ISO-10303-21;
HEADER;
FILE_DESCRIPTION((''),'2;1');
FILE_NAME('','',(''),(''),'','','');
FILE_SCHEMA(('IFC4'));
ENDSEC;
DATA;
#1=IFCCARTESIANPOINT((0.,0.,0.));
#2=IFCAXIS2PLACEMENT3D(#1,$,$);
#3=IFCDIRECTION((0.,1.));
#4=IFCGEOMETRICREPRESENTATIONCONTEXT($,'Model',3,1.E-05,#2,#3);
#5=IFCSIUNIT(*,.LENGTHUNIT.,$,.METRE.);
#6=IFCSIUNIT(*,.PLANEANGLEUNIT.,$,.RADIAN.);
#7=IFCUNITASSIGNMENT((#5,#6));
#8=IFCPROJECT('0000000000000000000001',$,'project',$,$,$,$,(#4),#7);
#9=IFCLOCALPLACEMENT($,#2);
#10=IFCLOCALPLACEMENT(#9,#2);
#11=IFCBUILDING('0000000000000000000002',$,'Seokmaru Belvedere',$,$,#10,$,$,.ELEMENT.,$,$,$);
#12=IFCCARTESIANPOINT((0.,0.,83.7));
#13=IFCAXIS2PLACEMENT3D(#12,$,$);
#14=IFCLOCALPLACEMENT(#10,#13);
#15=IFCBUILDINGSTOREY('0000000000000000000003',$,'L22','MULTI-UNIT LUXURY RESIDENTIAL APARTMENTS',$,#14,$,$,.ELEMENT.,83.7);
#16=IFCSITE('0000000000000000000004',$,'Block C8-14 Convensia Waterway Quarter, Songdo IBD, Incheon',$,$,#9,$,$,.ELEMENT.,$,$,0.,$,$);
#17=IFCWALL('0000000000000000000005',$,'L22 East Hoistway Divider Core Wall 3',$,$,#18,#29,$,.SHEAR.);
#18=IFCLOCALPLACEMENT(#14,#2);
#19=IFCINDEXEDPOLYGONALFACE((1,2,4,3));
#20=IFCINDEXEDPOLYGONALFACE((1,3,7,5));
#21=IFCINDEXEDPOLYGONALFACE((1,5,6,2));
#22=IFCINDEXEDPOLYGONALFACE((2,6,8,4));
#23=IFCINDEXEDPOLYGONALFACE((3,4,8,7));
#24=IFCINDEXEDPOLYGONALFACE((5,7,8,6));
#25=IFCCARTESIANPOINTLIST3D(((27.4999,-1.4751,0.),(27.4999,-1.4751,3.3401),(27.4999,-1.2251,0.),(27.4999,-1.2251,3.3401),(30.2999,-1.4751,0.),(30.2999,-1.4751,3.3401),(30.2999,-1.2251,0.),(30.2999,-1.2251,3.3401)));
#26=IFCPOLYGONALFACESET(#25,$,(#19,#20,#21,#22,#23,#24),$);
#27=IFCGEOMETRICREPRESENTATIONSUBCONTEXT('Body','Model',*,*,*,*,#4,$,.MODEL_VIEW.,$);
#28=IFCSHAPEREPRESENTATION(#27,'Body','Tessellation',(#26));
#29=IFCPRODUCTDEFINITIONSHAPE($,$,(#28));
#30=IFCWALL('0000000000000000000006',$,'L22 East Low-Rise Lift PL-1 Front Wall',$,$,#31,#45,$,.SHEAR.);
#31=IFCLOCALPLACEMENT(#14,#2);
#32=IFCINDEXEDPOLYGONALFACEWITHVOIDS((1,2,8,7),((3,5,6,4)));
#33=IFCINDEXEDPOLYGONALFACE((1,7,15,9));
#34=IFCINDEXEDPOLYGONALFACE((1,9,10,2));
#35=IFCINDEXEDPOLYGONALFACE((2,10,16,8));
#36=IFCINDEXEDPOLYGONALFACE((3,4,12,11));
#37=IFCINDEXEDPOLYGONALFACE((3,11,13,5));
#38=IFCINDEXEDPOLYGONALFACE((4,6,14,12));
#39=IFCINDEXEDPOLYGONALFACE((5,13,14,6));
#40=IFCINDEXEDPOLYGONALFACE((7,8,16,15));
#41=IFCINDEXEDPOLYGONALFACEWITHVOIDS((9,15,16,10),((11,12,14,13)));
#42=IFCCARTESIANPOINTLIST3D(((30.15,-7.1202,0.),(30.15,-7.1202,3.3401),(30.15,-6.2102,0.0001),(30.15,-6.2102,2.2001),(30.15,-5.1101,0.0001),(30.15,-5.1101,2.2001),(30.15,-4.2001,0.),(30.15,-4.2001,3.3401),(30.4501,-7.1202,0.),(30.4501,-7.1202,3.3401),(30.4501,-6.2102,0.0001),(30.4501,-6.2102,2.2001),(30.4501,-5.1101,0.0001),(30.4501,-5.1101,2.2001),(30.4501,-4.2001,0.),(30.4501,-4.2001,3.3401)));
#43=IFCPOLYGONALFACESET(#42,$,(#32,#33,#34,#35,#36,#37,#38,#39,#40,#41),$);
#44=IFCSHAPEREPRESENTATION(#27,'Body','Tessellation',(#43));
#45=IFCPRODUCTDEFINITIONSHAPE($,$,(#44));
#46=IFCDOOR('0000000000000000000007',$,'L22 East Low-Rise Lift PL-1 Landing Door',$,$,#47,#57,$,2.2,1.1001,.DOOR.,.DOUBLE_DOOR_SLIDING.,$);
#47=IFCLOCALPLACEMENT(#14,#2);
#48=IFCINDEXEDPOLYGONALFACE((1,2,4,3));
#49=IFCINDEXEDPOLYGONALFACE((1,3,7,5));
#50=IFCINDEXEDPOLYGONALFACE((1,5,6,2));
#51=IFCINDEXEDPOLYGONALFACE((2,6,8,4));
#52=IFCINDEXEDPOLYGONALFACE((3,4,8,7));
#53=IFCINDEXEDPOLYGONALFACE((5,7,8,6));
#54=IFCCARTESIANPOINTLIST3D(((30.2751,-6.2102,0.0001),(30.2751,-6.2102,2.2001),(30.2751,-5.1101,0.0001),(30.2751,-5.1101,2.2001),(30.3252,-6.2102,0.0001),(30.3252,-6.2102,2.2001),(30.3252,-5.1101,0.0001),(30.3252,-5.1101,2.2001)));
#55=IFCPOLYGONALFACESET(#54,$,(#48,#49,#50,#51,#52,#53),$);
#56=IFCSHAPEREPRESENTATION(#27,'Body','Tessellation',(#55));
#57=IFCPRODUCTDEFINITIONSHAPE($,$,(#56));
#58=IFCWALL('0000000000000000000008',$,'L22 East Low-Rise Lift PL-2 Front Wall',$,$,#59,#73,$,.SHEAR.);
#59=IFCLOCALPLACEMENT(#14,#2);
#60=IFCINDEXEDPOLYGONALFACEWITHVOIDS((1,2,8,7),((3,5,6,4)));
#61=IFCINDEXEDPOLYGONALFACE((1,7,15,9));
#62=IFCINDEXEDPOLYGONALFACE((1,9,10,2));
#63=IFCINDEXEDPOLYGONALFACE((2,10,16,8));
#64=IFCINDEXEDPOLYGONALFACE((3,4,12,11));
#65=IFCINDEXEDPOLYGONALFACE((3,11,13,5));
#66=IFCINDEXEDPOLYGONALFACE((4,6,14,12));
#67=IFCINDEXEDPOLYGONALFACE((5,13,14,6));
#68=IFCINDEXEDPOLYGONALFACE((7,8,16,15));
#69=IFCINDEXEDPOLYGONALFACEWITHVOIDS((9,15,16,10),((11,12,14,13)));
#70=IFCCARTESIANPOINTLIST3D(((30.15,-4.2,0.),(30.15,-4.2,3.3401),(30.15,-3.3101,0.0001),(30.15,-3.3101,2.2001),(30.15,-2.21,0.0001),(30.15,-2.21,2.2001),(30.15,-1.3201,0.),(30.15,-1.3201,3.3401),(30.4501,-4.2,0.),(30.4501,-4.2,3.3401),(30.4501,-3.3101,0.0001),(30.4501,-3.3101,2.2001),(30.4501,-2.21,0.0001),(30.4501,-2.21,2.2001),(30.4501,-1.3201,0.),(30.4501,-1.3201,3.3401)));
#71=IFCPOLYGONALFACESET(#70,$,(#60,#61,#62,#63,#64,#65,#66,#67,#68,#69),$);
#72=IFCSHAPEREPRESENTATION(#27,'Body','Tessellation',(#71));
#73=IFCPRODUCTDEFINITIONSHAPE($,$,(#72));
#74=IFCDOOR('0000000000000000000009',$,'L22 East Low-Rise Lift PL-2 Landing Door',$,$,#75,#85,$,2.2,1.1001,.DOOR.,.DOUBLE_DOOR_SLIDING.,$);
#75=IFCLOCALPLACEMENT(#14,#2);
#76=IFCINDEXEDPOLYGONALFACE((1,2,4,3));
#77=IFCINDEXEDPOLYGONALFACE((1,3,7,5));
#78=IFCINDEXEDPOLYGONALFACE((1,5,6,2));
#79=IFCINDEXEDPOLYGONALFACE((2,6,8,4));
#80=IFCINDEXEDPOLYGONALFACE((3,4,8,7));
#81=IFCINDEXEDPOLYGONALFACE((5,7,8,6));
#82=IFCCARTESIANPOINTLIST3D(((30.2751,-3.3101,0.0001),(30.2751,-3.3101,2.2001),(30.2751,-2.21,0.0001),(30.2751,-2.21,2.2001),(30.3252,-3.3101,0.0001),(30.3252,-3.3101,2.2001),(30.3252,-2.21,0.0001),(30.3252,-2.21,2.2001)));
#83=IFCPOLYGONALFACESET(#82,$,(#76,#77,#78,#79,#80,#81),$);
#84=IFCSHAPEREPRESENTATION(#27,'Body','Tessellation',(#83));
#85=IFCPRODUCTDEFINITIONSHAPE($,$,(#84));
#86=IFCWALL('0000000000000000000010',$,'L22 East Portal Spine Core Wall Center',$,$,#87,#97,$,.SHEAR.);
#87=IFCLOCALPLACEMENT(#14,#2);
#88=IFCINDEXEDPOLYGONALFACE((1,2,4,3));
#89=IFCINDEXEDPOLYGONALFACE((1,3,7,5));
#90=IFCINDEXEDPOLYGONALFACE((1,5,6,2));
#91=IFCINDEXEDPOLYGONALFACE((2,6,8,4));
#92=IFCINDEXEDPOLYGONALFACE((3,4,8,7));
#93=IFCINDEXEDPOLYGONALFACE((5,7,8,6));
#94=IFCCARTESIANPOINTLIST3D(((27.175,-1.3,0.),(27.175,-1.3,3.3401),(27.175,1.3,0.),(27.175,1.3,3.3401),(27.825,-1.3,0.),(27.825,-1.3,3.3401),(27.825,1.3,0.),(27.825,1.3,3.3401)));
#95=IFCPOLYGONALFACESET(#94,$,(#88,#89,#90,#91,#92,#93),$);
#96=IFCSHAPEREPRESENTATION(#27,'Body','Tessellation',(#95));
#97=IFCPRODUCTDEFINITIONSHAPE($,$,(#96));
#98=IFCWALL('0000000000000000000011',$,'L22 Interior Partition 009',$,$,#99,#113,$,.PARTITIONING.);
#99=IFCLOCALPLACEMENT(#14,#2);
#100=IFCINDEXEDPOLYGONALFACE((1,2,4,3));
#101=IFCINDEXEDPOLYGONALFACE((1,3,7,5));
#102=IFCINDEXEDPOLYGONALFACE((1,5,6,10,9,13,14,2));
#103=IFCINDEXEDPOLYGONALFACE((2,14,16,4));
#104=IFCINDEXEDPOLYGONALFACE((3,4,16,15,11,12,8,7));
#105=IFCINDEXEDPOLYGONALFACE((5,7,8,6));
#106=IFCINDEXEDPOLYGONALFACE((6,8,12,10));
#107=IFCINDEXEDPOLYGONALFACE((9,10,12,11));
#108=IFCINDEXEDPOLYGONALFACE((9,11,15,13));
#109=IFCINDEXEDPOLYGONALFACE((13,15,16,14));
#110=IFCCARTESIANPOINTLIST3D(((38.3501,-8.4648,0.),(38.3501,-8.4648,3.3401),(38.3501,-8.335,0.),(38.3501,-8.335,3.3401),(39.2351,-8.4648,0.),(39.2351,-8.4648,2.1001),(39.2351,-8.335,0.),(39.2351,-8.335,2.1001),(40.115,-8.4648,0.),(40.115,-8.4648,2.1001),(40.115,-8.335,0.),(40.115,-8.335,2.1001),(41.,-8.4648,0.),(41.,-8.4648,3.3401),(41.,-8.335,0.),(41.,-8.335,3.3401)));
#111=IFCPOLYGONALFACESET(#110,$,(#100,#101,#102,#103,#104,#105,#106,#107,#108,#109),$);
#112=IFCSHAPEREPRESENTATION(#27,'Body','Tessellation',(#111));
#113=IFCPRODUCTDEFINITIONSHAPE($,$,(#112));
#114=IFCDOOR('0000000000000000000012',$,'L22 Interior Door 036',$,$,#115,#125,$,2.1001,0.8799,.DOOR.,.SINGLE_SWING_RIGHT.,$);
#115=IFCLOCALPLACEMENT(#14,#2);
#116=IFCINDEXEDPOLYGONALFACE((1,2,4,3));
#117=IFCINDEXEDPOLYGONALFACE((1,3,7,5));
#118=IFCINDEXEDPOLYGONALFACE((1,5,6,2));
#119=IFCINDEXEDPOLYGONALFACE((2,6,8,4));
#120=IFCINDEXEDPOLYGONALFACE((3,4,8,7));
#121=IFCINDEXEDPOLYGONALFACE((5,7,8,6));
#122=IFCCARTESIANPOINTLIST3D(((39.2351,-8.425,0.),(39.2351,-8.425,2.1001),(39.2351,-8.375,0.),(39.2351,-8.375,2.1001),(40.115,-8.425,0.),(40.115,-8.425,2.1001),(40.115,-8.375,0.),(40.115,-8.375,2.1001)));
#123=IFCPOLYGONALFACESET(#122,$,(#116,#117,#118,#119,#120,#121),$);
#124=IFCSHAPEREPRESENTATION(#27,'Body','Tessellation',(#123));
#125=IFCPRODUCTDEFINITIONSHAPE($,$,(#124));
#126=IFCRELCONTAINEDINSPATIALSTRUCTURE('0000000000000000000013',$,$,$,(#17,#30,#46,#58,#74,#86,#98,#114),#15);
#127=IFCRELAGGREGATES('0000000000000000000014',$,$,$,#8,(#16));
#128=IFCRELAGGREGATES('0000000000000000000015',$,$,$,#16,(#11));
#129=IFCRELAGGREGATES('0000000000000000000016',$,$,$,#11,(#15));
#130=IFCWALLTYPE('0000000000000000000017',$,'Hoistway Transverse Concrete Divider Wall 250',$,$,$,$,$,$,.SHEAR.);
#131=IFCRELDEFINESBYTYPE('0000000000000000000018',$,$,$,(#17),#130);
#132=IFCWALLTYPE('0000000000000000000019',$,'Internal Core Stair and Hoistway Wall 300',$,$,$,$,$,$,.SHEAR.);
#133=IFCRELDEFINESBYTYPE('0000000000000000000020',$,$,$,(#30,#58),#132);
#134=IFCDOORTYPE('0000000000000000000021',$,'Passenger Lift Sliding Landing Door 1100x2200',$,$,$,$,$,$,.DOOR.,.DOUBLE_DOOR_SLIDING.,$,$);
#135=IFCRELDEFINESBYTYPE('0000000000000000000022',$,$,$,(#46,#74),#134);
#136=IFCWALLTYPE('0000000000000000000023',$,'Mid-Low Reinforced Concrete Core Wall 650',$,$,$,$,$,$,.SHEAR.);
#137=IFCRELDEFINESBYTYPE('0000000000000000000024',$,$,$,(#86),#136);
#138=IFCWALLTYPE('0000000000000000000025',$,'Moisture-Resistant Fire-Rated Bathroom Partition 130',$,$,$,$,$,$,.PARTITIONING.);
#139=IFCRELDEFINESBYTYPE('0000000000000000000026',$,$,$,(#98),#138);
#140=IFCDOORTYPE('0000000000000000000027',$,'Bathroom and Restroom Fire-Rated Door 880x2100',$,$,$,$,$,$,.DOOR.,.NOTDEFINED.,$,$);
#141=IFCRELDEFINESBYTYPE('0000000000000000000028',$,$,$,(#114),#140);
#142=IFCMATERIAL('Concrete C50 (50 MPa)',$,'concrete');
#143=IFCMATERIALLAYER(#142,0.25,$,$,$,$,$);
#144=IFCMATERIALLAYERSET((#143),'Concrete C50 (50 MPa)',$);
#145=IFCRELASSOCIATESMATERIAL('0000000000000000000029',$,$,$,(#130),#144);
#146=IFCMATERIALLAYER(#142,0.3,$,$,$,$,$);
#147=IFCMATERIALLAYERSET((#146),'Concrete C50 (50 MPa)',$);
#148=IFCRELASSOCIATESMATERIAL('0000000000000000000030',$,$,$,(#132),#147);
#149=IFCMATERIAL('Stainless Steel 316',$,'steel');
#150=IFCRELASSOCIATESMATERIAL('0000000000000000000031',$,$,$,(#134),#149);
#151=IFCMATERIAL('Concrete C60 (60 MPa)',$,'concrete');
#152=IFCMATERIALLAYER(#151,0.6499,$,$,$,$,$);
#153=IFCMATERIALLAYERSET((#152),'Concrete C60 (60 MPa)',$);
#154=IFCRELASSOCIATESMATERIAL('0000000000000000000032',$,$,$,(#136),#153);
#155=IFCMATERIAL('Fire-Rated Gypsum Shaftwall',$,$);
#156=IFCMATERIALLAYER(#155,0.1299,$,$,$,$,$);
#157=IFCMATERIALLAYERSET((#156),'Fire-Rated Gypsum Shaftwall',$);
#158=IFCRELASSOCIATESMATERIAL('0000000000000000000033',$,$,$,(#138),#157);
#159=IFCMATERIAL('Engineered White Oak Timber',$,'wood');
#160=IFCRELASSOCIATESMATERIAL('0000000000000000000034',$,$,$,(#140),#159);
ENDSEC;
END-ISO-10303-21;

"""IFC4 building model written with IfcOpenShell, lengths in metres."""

from ifc_helpers import new_model, si_unit, direction, frame, frame_2d, origin, place, context, subcontext, project, spatial, rectangle, extrude, source, transform, mapped, material, layer, layer_set, type_object, type_shapes, element, fill, save


model = new_model("IFC4")

# Units and contexts
model_context = context("Model", 3, precision=1e-05, world=origin(), true_north=direction((0.0, 1.0)))
body_context = subcontext(model_context, "Body", "Model", "MODEL_VIEW")
ifc_project = project(units=[si_unit("LENGTHUNIT", "METRE"), si_unit("PLANEANGLEUNIT", "RADIAN")], contexts=[model_context])

# Site, building, storey
site_placement = place(None, origin())
site = spatial("IfcSite", under=ifc_project, at=site_placement, Name="Block C8-14 Convensia Waterway Quarter, Songdo IBD, Incheon", CompositionType="ELEMENT", RefElevation=0.0)
building_placement = place(site_placement, origin())
building = spatial("IfcBuilding", under=site, at=building_placement, Name="Seokmaru Belvedere", CompositionType="ELEMENT")
storey_placement = place(building_placement, frame((0.0, 0.0, 83.7)))
storey = spatial("IfcBuildingStorey", under=building, at=storey_placement, Name="L22", Description="MULTI-UNIT LUXURY RESIDENTIAL APARTMENTS", CompositionType="ELEMENT", Elevation=83.7)

# Shared definitions
ifc_material_1 = material(Name="Fire-Rated Gypsum Shaftwall")

# Wall
ifc_material_2 = material(Name="Concrete C50 (50 MPa)", Category="concrete")
ifc_layer_1 = layer(ifc_material_2, 0.25)
ifc_layer_set_1 = layer_set([ifc_layer_1], Name="Concrete C50 (50 MPa)")
wall_type_1 = type_object("IfcWallType", Name="Hoistway Transverse Concrete Divider Wall 250", PredefinedType="SHEAR", material=ifc_layer_set_1)
for number, where, z_axis, x_axis, name in (
    (1, (27.5, -1.3501, 0.0), (0.0, 0.0, 1.0), (1.0, 0.0, 0.0), "L22 East Hoistway Divider Core Wall 3"),
):
    element("IfcWall", number, at=place(storey_placement, frame(where, z_axis=z_axis, x_axis=x_axis)), inside=storey, type_object=wall_type_1, Name=name, PredefinedType="SHEAR", context=body_context, shape_type="SweptSolid", body=[
        extrude(rectangle(XDim=2.8, YDim=0.25, at=frame_2d((1.3999, 0.0))), origin(), (0.0, 0.0, 1.0), 3.3401),
    ])

# Walls, openings, doors
ifc_layer_2 = layer(ifc_material_2, 0.3)
ifc_layer_set_2 = layer_set([ifc_layer_2], Name="Concrete C50 (50 MPa)")
wall_type_2 = type_object("IfcWallType", Name="Internal Core Stair and Hoistway Wall 300", PredefinedType="SHEAR", material=ifc_layer_set_2)
wall_1_placement = place(storey_placement, frame((30.3, -7.1201, 0.0), z_axis=(0.0, 0.0, 1.0), x_axis=(0.0, 1.0, 0.0)))
wall_1 = element("IfcWall", 2, at=wall_1_placement, inside=storey, type_object=wall_type_2, Name="L22 East Low-Rise Lift PL-1 Front Wall", PredefinedType="SHEAR", context=body_context, shape_type="SweptSolid", body=[
    extrude(rectangle(XDim=2.9202, YDim=0.3, at=frame_2d((1.46, 0.0))), origin(), (0.0, 0.0, 1.0), 3.3401),
])
opening_1_placement = place(wall_1_placement, frame((0.9099, 0.0, 0.0)))
opening_1 = element("IfcOpeningElement", 3, at=opening_1_placement, cuts=wall_1, PredefinedType="OPENING", context=body_context, shape_type="SweptSolid", body=[
    extrude(rectangle(XDim=1.1001, YDim=2.2, at=frame_2d((0.55, 1.1001))), frame((0.0, 0.1602, 0.0), z_axis=(0.0, -1.0, 0.0), x_axis=(1.0, 0.0, 0.0)), (0.0, 0.0, 1.0), 0.3201),
])
ifc_material_3 = material(Name="Stainless Steel 316", Category="steel")
door_type_1 = type_object("IfcDoorType", Name="Passenger Lift Sliding Landing Door 1100x2200", OperationType="DOUBLE_DOOR_SLIDING", PredefinedType="DOOR", material=ifc_material_3)
shared_shape_1 = source(origin(), body_context, "Body", "SweptSolid", [
    extrude(rectangle(XDim=1.1001, YDim=2.2, at=frame_2d((0.55, 1.1001))), frame((0.0, 0.0249, 0.0), z_axis=(0.0, -1.0, 0.0), x_axis=(1.0, 0.0, 0.0)), (0.0, 0.0, 1.0), 0.05),
])
type_shapes(door_type_1, [shared_shape_1])
door_1_placement = place(opening_1_placement, origin())
door_1 = element("IfcDoor", 4, at=door_1_placement, inside=storey, type_object=door_type_1, Name="L22 East Low-Rise Lift PL-1 Landing Door", OperationType="DOUBLE_DOOR_SLIDING", OverallHeight=2.2, OverallWidth=1.1001, PredefinedType="DOOR", context=body_context, shape_type="MappedRepresentation", body=[
    mapped(shared_shape_1, transform((0.0, 0.0, 0.0), scale=1.0)),
])
fill(opening_1, door_1)
wall_2_placement = place(storey_placement, frame((30.3, -4.2, 0.0), z_axis=(0.0, 0.0, 1.0), x_axis=(0.0, 1.0, 0.0)))
wall_2 = element("IfcWall", 5, at=wall_2_placement, inside=storey, type_object=wall_type_2, Name="L22 East Low-Rise Lift PL-2 Front Wall", PredefinedType="SHEAR", context=body_context, shape_type="SweptSolid", body=[
    extrude(rectangle(XDim=2.8799, YDim=0.3, at=frame_2d((1.4399, 0.0))), origin(), (0.0, 0.0, 1.0), 3.3401),
])
opening_2_placement = place(wall_2_placement, frame((0.8899, 0.0, 0.0)))
opening_2 = element("IfcOpeningElement", 6, at=opening_2_placement, cuts=wall_2, PredefinedType="OPENING", context=body_context, shape_type="SweptSolid", body=[
    extrude(rectangle(XDim=1.1001, YDim=2.2, at=frame_2d((0.55, 1.1001))), frame((0.0, 0.1602, 0.0), z_axis=(0.0, -1.0, 0.0), x_axis=(1.0, 0.0, 0.0)), (0.0, 0.0, 1.0), 0.3201),
])
door_2_placement = place(opening_2_placement, origin())
door_2 = element("IfcDoor", 7, at=door_2_placement, inside=storey, type_object=door_type_1, Name="L22 East Low-Rise Lift PL-2 Landing Door", OperationType="DOUBLE_DOOR_SLIDING", OverallHeight=2.2, OverallWidth=1.1001, PredefinedType="DOOR", context=body_context, shape_type="MappedRepresentation", body=[
    mapped(shared_shape_1, transform((0.0, 0.0, 0.0), scale=1.0)),
])
fill(opening_2, door_2)

# Wall
ifc_material_4 = material(Name="Concrete C60 (60 MPa)", Category="concrete")
ifc_layer_3 = layer(ifc_material_4, 0.6499)
ifc_layer_set_3 = layer_set([ifc_layer_3], Name="Concrete C60 (60 MPa)")
wall_type_3 = type_object("IfcWallType", Name="Mid-Low Reinforced Concrete Core Wall 650", PredefinedType="SHEAR", material=ifc_layer_set_3)
wall_3_placement = place(storey_placement, frame((27.5, -1.3, 0.0), z_axis=(0.0, 0.0, 1.0), x_axis=(0.0, 1.0, 0.0)))
element("IfcWall", 8, at=wall_3_placement, inside=storey, type_object=wall_type_3, Name="L22 East Portal Spine Core Wall Center", PredefinedType="SHEAR", context=body_context, shape_type="SweptSolid", body=[
    extrude(rectangle(XDim=2.6001, YDim=0.6499, at=frame_2d((1.3, 0.0))), origin(), (0.0, 0.0, 1.0), 3.3401),
])

# Wall, opening, door
ifc_layer_4 = layer(ifc_material_1, 0.1299)
ifc_layer_set_4 = layer_set([ifc_layer_4], Name="Fire-Rated Gypsum Shaftwall")
wall_type_4 = type_object("IfcWallType", Name="Moisture-Resistant Fire-Rated Bathroom Partition 130", PredefinedType="PARTITIONING", material=ifc_layer_set_4)
wall_4_placement = place(storey_placement, frame((38.3501, -8.3999, 0.0), z_axis=(0.0, 0.0, 1.0), x_axis=(1.0, 0.0, 0.0)))
wall_4 = element("IfcWall", 9, at=wall_4_placement, inside=storey, type_object=wall_type_4, Name="L22 Interior Partition 009", PredefinedType="PARTITIONING", context=body_context, shape_type="SweptSolid", body=[
    extrude(rectangle(XDim=2.6499, YDim=0.1299, at=frame_2d((1.325, 0.0))), origin(), (0.0, 0.0, 1.0), 3.3401),
])
opening_3_placement = place(wall_4_placement, frame((0.885, 0.0, 0.0)))
opening_3 = element("IfcOpeningElement", 10, at=opening_3_placement, cuts=wall_4, PredefinedType="OPENING", context=body_context, shape_type="SweptSolid", body=[
    extrude(rectangle(XDim=0.8799, YDim=2.1001, at=frame_2d((0.4399, 1.05))), frame((0.0, 0.075, 0.0), z_axis=(0.0, -1.0, 0.0), x_axis=(1.0, 0.0, 0.0)), (0.0, 0.0, 1.0), 0.1499),
])
ifc_material_5 = material(Name="Engineered White Oak Timber", Category="wood")
door_type_2 = type_object("IfcDoorType", Name="Bathroom and Restroom Fire-Rated Door 880x2100", OperationType="NOTDEFINED", PredefinedType="DOOR", material=ifc_material_5)
shared_shape_2 = source(origin(), body_context, "Body", "SweptSolid", [
    extrude(rectangle(XDim=0.8799, YDim=2.1001, at=frame_2d((0.4399, 1.05))), frame((0.0, 0.0249, 0.0), z_axis=(0.0, -1.0, 0.0), x_axis=(1.0, 0.0, 0.0)), (0.0, 0.0, 1.0), 0.05),
])
type_shapes(door_type_2, [shared_shape_2])
door_3_placement = place(opening_3_placement, origin())
door_3 = element("IfcDoor", 11, at=door_3_placement, inside=storey, type_object=door_type_2, Name="L22 Interior Door 036", OperationType="SINGLE_SWING_RIGHT", OverallHeight=2.1001, OverallWidth=0.8799, PredefinedType="DOOR", context=body_context, shape_type="MappedRepresentation", body=[
    mapped(shared_shape_2, transform((0.0, 0.0, 0.0), scale=1.0)),
])
fill(opening_3, door_3)

save(model, "model.ifc")
